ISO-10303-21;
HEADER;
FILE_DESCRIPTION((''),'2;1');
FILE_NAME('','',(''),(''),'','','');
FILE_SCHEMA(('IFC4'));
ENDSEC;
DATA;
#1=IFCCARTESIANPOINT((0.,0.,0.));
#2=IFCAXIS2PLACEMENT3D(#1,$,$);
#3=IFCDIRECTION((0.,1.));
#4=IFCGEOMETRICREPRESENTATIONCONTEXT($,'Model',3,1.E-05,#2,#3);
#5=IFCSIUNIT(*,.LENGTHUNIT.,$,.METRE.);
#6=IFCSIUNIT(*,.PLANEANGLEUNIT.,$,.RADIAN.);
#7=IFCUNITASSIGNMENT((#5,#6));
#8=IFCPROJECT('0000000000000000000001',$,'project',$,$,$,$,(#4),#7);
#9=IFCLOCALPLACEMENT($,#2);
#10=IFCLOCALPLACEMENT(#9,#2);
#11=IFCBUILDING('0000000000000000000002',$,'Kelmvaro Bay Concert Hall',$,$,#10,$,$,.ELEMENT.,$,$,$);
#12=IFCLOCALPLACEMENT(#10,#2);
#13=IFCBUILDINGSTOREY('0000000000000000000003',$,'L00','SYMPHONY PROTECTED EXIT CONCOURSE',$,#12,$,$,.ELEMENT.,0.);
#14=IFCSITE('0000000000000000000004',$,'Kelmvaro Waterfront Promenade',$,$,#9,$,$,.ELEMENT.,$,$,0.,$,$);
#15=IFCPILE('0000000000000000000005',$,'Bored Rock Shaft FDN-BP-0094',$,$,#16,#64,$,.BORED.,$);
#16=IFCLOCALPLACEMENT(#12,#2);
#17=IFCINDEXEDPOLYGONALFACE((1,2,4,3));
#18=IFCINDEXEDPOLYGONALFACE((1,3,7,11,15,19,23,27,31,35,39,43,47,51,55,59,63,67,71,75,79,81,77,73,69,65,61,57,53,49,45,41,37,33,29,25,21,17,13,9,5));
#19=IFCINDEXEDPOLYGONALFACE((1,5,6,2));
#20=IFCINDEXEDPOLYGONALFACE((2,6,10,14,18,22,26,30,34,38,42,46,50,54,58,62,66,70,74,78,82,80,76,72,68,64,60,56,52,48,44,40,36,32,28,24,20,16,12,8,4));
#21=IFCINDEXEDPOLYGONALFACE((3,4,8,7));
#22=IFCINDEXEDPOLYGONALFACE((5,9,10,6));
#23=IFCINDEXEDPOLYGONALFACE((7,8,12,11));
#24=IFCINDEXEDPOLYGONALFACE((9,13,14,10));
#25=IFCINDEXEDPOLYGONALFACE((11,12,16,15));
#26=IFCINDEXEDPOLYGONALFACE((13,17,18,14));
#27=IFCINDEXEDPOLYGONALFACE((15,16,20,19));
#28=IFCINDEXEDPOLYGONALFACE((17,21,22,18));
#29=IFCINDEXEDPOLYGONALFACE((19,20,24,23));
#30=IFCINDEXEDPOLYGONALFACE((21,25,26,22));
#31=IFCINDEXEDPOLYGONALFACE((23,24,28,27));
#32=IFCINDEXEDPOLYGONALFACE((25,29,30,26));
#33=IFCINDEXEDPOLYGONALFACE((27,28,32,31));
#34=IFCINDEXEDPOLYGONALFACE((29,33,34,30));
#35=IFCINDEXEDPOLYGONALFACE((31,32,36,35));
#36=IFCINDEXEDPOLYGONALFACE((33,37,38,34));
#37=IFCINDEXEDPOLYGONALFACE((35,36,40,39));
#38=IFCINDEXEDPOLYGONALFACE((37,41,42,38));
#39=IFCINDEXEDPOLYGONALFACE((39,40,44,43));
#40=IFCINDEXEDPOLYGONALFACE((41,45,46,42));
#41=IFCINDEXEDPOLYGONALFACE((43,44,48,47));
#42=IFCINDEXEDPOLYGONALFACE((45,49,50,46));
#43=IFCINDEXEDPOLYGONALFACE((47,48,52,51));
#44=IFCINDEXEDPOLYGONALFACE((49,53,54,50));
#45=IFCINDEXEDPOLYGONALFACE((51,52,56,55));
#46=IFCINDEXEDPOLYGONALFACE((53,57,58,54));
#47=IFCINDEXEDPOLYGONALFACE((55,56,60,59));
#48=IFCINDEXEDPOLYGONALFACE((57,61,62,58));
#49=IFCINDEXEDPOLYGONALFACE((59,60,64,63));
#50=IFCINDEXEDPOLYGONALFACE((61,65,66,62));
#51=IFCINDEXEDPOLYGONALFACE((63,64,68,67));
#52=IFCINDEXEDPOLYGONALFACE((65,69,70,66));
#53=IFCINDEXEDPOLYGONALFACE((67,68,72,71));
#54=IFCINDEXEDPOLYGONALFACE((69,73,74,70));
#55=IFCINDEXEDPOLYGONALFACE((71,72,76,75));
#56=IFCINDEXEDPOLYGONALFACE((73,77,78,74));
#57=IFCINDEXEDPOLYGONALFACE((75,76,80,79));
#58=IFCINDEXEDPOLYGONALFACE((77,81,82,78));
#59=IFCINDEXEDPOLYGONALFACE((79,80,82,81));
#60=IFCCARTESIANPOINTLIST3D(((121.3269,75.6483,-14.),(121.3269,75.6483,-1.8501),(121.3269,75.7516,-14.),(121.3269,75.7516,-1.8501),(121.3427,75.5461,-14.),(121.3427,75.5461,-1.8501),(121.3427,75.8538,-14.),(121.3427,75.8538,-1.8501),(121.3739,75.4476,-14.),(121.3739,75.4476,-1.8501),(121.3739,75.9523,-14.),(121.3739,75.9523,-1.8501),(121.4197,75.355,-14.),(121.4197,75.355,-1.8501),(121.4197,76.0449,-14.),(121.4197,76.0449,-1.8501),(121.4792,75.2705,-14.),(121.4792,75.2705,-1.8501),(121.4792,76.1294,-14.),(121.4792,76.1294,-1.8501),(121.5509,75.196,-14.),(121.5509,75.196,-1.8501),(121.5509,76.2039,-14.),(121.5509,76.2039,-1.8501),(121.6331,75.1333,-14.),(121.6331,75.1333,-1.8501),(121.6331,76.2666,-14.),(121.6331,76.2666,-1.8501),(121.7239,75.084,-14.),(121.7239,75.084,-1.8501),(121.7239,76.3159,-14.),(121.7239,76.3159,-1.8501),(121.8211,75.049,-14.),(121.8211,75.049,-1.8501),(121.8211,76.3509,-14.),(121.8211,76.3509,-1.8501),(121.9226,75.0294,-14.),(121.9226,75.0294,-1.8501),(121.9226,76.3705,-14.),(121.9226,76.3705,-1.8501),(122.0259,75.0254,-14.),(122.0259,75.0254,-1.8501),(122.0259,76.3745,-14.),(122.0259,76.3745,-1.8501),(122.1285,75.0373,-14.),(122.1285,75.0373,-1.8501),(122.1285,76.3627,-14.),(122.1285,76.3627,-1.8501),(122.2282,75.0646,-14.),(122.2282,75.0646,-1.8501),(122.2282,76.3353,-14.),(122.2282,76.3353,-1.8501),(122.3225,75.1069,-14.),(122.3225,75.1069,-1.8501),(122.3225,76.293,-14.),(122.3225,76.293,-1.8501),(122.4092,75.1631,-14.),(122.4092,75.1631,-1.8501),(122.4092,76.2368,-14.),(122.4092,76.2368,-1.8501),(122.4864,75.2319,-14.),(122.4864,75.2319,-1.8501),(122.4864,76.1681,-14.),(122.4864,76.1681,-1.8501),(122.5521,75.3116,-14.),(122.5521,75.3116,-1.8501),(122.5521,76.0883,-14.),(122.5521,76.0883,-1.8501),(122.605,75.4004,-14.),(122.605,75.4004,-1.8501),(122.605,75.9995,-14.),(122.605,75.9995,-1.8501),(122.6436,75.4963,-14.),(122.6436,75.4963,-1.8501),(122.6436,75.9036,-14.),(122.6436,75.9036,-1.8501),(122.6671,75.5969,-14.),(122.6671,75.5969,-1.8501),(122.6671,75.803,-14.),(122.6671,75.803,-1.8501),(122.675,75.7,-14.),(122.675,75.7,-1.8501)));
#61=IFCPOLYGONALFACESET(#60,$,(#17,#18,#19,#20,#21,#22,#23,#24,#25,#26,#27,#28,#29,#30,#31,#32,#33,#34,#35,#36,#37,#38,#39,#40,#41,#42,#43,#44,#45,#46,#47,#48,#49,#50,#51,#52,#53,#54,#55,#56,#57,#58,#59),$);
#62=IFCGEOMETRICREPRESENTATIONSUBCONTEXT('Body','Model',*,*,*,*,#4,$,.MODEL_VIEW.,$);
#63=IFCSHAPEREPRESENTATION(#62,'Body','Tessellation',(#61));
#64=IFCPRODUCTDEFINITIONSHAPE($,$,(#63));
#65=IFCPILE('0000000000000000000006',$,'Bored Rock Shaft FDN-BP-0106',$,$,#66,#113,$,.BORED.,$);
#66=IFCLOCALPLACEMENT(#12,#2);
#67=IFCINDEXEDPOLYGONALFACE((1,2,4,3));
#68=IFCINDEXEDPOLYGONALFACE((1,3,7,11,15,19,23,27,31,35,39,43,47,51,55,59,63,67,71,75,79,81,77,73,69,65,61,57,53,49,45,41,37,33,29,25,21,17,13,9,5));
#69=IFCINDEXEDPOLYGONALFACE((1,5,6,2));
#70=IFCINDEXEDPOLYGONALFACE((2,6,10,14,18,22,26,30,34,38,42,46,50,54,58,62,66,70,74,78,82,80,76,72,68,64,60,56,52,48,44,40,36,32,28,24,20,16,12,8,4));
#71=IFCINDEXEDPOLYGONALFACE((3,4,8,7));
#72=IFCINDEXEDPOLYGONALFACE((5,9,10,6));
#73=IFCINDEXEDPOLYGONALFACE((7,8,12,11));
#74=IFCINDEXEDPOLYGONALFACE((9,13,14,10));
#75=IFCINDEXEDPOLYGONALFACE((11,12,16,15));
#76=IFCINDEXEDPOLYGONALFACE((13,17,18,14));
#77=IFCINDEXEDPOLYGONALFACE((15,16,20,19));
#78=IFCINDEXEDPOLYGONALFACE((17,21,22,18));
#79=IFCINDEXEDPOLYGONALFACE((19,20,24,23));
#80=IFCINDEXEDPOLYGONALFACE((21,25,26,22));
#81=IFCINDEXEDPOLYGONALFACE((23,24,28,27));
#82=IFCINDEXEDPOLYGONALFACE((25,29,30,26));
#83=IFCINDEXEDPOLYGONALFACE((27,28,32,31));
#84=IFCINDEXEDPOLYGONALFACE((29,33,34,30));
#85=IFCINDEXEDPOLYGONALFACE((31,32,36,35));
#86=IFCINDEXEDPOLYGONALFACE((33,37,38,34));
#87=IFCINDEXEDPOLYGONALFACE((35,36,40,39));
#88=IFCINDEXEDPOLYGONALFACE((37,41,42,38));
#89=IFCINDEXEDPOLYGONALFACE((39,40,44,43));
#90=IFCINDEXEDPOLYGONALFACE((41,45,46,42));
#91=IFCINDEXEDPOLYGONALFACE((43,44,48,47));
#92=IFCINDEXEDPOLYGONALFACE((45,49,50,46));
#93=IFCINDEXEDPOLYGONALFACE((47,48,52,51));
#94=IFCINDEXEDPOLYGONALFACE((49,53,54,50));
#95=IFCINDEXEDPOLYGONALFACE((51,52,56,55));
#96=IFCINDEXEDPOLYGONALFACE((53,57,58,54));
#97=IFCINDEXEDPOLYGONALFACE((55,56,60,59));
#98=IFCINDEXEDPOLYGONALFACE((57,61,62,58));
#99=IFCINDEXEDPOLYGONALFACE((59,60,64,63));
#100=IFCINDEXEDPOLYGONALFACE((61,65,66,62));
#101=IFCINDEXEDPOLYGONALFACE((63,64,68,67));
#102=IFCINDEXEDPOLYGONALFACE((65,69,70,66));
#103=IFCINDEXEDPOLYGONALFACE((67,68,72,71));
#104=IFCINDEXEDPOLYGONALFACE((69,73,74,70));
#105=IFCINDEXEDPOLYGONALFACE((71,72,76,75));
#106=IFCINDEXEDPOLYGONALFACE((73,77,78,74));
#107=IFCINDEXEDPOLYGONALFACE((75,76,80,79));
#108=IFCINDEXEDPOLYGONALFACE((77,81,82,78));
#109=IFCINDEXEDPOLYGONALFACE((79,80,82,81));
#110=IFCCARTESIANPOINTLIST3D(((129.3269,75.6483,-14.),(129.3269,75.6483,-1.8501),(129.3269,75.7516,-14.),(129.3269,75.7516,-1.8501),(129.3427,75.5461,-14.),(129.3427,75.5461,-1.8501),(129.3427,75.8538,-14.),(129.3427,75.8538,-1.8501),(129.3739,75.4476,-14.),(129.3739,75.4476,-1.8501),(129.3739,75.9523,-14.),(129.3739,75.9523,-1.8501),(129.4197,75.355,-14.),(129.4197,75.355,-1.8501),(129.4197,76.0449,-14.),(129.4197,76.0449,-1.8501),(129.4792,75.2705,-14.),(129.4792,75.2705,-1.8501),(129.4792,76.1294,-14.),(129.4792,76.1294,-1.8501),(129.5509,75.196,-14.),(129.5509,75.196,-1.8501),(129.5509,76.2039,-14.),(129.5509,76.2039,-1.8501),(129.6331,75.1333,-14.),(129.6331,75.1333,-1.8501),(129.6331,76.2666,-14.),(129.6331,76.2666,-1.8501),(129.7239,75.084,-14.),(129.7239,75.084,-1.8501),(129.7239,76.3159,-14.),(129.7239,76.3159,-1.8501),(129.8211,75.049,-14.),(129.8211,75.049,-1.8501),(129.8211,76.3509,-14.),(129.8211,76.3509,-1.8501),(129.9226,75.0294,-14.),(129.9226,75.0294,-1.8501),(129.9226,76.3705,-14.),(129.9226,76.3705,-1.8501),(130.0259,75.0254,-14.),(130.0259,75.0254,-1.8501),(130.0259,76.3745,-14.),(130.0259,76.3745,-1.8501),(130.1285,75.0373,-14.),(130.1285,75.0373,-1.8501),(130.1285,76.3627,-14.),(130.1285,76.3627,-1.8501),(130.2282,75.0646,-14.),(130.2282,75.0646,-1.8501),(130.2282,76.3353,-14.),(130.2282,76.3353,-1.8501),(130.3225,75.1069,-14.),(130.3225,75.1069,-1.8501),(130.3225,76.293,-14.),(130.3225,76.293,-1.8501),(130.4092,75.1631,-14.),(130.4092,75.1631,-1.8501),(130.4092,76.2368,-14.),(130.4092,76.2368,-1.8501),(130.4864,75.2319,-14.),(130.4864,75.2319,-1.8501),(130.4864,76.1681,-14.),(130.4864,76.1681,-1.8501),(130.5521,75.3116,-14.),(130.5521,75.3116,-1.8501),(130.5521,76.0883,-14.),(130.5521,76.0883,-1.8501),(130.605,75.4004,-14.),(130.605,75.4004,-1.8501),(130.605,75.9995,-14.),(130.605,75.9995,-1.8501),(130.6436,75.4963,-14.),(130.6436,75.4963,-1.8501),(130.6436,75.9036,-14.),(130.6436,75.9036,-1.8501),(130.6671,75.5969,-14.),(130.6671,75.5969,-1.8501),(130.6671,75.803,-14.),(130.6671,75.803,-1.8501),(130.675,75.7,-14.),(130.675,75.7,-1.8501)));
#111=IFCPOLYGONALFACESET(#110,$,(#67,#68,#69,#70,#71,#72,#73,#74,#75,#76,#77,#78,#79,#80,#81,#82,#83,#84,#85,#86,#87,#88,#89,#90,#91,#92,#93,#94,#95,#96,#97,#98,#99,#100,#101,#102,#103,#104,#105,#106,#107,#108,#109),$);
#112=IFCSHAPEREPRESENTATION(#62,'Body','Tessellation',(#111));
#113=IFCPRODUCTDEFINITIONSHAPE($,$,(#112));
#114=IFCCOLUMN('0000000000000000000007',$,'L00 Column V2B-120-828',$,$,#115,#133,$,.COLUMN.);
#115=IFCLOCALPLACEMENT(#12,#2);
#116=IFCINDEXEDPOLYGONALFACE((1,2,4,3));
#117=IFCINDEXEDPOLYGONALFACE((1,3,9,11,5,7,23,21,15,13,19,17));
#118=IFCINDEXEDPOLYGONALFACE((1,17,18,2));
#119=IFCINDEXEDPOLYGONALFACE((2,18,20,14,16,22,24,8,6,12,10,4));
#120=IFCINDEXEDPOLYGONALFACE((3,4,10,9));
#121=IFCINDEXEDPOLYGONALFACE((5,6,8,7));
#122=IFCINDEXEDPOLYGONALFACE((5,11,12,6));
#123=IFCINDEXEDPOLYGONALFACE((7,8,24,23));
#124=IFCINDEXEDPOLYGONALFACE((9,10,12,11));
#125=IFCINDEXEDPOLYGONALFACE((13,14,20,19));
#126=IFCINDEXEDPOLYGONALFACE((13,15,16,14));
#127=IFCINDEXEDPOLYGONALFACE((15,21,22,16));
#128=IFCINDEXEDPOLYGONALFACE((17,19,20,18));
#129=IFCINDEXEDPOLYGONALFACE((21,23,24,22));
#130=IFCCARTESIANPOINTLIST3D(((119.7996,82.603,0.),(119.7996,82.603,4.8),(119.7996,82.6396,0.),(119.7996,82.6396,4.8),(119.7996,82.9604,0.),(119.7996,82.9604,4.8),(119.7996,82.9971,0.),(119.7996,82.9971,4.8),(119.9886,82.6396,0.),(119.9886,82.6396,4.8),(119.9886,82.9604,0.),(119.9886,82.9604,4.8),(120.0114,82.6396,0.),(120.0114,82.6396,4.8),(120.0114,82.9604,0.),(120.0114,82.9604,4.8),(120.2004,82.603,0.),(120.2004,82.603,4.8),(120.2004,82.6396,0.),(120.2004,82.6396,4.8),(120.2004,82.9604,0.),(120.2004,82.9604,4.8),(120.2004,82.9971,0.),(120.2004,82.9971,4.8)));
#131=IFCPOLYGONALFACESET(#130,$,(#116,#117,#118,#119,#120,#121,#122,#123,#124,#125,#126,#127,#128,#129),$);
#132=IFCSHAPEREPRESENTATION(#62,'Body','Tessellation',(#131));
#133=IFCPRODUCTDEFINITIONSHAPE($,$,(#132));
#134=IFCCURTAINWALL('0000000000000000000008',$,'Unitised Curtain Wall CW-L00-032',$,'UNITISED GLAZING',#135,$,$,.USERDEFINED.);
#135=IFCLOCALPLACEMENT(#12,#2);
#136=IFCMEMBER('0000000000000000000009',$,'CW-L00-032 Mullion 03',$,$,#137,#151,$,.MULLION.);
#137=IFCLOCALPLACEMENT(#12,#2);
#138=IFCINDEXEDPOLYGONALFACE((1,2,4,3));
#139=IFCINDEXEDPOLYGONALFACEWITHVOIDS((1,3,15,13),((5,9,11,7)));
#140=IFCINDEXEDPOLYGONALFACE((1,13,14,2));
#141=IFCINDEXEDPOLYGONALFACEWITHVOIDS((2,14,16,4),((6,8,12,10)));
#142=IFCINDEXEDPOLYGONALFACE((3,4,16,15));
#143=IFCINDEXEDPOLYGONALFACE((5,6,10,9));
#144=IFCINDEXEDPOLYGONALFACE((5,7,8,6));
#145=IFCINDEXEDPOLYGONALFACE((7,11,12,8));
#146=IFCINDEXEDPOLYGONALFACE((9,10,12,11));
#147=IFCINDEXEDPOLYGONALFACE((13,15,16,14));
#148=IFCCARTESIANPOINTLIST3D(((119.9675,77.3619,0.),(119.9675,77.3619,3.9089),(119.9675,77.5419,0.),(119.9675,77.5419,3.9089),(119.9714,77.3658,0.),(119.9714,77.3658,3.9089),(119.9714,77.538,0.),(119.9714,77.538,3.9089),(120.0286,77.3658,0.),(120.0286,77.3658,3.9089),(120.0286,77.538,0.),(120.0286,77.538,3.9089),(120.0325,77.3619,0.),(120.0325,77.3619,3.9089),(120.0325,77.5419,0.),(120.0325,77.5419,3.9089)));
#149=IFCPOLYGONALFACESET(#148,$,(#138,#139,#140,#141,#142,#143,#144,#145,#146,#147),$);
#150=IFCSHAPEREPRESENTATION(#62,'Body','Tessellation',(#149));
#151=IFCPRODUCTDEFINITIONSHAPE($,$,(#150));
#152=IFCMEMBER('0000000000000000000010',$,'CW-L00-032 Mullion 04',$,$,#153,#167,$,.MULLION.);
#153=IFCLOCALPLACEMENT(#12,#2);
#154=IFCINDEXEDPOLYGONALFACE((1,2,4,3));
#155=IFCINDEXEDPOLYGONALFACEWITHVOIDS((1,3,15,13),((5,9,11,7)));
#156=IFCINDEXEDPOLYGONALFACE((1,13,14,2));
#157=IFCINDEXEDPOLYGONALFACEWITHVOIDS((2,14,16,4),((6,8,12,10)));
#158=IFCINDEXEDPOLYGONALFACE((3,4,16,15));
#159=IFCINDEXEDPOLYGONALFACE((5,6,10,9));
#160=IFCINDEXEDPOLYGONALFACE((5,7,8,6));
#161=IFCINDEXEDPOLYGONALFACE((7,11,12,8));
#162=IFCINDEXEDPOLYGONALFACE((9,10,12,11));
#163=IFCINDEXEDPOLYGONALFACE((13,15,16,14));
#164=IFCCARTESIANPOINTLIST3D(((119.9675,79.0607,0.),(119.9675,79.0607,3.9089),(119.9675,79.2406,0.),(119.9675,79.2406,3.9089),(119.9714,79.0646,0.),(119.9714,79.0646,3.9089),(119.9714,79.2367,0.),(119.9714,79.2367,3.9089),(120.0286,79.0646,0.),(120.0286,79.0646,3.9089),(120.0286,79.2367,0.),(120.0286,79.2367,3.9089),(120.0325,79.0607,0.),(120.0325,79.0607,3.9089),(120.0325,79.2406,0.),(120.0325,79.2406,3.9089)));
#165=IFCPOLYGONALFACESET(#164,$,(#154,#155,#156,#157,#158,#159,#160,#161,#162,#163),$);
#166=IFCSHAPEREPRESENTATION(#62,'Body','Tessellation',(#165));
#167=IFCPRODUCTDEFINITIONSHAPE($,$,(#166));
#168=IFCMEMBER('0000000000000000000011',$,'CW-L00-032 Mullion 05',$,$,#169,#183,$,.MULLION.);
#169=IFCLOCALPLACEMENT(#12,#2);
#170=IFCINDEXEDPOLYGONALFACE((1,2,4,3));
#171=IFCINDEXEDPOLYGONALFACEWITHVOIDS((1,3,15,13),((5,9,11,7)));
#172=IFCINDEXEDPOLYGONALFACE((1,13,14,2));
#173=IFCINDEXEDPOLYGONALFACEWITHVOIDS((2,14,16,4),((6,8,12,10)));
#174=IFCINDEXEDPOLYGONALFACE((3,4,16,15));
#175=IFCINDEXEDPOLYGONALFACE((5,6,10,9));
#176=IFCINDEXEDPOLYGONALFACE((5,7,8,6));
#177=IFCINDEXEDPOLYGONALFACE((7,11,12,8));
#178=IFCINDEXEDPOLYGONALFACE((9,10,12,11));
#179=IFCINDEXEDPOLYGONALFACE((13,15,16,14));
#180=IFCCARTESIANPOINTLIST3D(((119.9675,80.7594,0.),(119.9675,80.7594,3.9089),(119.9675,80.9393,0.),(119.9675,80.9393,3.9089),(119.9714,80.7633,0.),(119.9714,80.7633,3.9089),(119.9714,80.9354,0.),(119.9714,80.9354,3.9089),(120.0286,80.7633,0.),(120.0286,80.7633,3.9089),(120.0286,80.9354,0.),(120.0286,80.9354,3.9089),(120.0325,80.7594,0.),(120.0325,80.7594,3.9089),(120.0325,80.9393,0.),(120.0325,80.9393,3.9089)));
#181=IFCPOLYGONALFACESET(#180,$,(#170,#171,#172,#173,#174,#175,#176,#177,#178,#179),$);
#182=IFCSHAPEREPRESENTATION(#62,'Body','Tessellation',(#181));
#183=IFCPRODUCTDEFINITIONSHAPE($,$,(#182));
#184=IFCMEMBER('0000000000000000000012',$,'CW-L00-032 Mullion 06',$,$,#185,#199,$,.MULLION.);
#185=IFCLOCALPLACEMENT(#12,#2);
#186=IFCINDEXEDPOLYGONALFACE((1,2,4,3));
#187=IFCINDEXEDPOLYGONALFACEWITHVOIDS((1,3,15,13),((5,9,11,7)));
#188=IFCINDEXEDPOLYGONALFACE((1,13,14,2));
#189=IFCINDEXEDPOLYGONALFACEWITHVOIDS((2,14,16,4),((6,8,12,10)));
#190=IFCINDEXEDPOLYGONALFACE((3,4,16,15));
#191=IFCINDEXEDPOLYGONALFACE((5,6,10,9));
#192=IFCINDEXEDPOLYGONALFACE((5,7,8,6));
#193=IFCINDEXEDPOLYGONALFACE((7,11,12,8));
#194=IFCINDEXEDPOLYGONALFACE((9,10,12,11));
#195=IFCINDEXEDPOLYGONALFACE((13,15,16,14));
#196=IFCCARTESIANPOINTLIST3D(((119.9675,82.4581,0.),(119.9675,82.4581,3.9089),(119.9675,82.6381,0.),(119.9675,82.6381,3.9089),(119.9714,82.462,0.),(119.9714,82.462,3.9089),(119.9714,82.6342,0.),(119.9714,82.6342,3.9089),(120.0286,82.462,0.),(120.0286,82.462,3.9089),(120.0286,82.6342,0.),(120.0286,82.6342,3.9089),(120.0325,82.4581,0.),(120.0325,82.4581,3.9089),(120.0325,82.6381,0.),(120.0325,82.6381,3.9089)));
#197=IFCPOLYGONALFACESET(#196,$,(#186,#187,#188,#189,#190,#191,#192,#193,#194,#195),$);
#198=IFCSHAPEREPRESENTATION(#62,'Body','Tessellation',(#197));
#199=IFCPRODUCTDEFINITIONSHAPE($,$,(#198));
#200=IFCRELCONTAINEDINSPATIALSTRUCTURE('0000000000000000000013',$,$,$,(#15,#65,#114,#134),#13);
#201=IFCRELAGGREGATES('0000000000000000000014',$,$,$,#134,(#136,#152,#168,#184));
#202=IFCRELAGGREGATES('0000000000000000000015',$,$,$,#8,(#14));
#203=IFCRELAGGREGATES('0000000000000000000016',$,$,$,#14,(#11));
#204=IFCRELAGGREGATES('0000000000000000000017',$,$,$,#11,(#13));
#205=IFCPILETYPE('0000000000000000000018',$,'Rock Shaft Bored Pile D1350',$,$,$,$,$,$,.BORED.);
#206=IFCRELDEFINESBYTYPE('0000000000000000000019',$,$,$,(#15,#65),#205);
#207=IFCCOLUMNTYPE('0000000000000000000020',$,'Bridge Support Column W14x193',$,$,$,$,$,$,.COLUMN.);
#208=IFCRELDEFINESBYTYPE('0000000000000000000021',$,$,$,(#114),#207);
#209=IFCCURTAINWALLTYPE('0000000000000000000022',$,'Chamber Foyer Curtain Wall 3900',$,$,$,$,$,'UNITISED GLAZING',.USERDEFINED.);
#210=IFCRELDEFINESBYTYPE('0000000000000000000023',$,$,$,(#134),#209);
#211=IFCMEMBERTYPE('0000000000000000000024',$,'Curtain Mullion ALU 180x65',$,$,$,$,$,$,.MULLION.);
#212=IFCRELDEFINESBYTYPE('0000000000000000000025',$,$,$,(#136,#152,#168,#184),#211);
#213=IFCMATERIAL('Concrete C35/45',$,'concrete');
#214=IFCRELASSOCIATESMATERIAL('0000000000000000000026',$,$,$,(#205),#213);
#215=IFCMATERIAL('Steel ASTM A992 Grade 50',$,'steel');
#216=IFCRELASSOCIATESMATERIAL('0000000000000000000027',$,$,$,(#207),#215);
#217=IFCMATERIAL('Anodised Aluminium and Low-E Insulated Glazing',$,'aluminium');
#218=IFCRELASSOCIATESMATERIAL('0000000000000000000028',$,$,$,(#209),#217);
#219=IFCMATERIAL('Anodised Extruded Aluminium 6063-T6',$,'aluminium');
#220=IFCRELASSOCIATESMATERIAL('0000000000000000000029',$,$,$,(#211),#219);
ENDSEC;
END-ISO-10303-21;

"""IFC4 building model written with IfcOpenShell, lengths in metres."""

from ifc_helpers import new_model, si_unit, direction, frame, origin, origin_2d, place, context, subcontext, project, spatial, hollow_rectangle, circle, i_section, extrude, material, material_profile, profile_set, type_object, element, aggregate, save


model = new_model("IFC4")

# Units and contexts
model_context = context("Model", 3, precision=1e-05, world=origin(), true_north=direction((0.0, 1.0)))
body_context = subcontext(model_context, "Body", "Model", "MODEL_VIEW")
ifc_project = project(units=[si_unit("LENGTHUNIT", "METRE"), si_unit("PLANEANGLEUNIT", "RADIAN")], contexts=[model_context])

# Site, building, storey
site_placement = place(None, origin())
site = spatial("IfcSite", under=ifc_project, at=site_placement, Name="Kelmvaro Waterfront Promenade", CompositionType="ELEMENT", RefElevation=0.0)
building_placement = place(site_placement, origin())
building = spatial("IfcBuilding", under=site, at=building_placement, Name="Kelmvaro Bay Concert Hall", CompositionType="ELEMENT")
storey_placement = place(building_placement, origin())
storey = spatial("IfcBuildingStorey", under=building, at=storey_placement, Name="L00", Description="SYMPHONY PROTECTED EXIT CONCOURSE", CompositionType="ELEMENT", Elevation=0.0)

# Piles
ifc_material_1 = material(Name="Concrete C35/45", Category="concrete")
ifc_material_profile_1 = material_profile(ifc_material_1, circle(Radius=0.675, at=origin_2d()), Name="PILE-BORED-1350")
ifc_profile_set_1 = profile_set([ifc_material_profile_1], Name="Concrete C35/45")
pile_type_1 = type_object("IfcPileType", Name="Rock Shaft Bored Pile D1350", PredefinedType="BORED", material=ifc_profile_set_1)
for number, where, z_axis, x_axis, name in (
    (1, (122.0, 75.7, -1.8501), (0.0, 0.0, -1.0), (1.0, 0.0, 0.0), "Bored Rock Shaft FDN-BP-0094"),
    (2, (130.0, 75.7, -1.8501), (0.0, 0.0, -1.0), (1.0, 0.0, 0.0), "Bored Rock Shaft FDN-BP-0106"),
):
    element("IfcPile", number, at=place(storey_placement, frame(where, z_axis=z_axis, x_axis=x_axis)), inside=storey, type_object=pile_type_1, Name=name, PredefinedType="BORED", context=body_context, shape_type="SweptSolid", body=[
        extrude(circle(Radius=0.675, at=origin_2d()), origin(), (0.0, 0.0, 1.0), 12.1499),
    ])

# Column
ifc_material_2 = material(Name="Steel ASTM A992 Grade 50", Category="steel")
ifc_material_profile_2 = material_profile(ifc_material_2, i_section(OverallWidth=0.4009, OverallDepth=0.394, WebThickness=0.0227, FlangeThickness=0.0366, at=origin_2d()), Name="W14X193")
ifc_profile_set_2 = profile_set([ifc_material_profile_2], Name="Steel ASTM A992 Grade 50")
column_type = type_object("IfcColumnType", Name="Bridge Support Column W14x193", PredefinedType="COLUMN", material=ifc_profile_set_2)
column_placement = place(storey_placement, frame((120.0, 82.8, 0.0), z_axis=(0.0, 0.0, 1.0), x_axis=(1.0, 0.0, 0.0)))
element("IfcColumn", 3, at=column_placement, inside=storey, type_object=column_type, Name="L00 Column V2B-120-828", PredefinedType="COLUMN", context=body_context, shape_type="SweptSolid", body=[
    extrude(i_section(OverallWidth=0.4009, OverallDepth=0.394, WebThickness=0.0227, FlangeThickness=0.0366, at=origin_2d()), origin(), (0.0, 0.0, 1.0), 4.8),
])

# Curtain wall, members
ifc_material_3 = material(Name="Anodised Aluminium and Low-E Insulated Glazing", Category="aluminium")
curtain_wall_type = type_object("IfcCurtainWallType", Name="Chamber Foyer Curtain Wall 3900", ElementType="UNITISED GLAZING", PredefinedType="USERDEFINED", material=ifc_material_3)
curtain_wall_1_placement = place(storey_placement, origin())
curtain_wall_1 = element("IfcCurtainWall", 4, at=curtain_wall_1_placement, inside=storey, type_object=curtain_wall_type, Name="Unitised Curtain Wall CW-L00-032", ObjectType="UNITISED GLAZING", PredefinedType="USERDEFINED")
ifc_material_4 = material(Name="Anodised Extruded Aluminium 6063-T6", Category="aluminium")
ifc_material_profile_3 = material_profile(ifc_material_4, hollow_rectangle(XDim=0.0649, YDim=0.1799, WallThickness=0.0039, at=origin_2d()), Name="ALU-MUL-180X65")
ifc_profile_set_3 = profile_set([ifc_material_profile_3], Name="Anodised Extruded Aluminium 6063-T6")
member_type_1 = type_object("IfcMemberType", Name="Curtain Mullion ALU 180x65", PredefinedType="MULLION", material=ifc_profile_set_3)
member_1_placement = place(storey_placement, frame((120.0, 77.4519, 0.0), z_axis=(0.0, 0.0, 1.0), x_axis=(1.0, 0.0, 0.0)))
member_1 = element("IfcMember", 5, at=member_1_placement, type_object=member_type_1, Name="CW-L00-032 Mullion 03", PredefinedType="MULLION", context=body_context, shape_type="SweptSolid", body=[
    extrude(hollow_rectangle(XDim=0.0649, YDim=0.1799, WallThickness=0.0039, at=origin_2d()), origin(), (0.0, 0.0, 1.0), 3.9089),
])
member_2_placement = place(storey_placement, frame((120.0, 79.1506, 0.0), z_axis=(0.0, 0.0, 1.0), x_axis=(1.0, 0.0, 0.0)))
member_2 = element("IfcMember", 6, at=member_2_placement, type_object=member_type_1, Name="CW-L00-032 Mullion 04", PredefinedType="MULLION", context=body_context, shape_type="SweptSolid", body=[
    extrude(hollow_rectangle(XDim=0.0649, YDim=0.1799, WallThickness=0.0039, at=origin_2d()), origin(), (0.0, 0.0, 1.0), 3.9089),
])
member_3_placement = place(storey_placement, frame((120.0, 80.8494, 0.0), z_axis=(0.0, 0.0, 1.0), x_axis=(1.0, 0.0, 0.0)))
member_3 = element("IfcMember", 7, at=member_3_placement, type_object=member_type_1, Name="CW-L00-032 Mullion 05", PredefinedType="MULLION", context=body_context, shape_type="SweptSolid", body=[
    extrude(hollow_rectangle(XDim=0.0649, YDim=0.1799, WallThickness=0.0039, at=origin_2d()), origin(), (0.0, 0.0, 1.0), 3.9089),
])
member_4_placement = place(storey_placement, frame((120.0, 82.5481, 0.0), z_axis=(0.0, 0.0, 1.0), x_axis=(1.0, 0.0, 0.0)))
member_4 = element("IfcMember", 8, at=member_4_placement, type_object=member_type_1, Name="CW-L00-032 Mullion 06", PredefinedType="MULLION", context=body_context, shape_type="SweptSolid", body=[
    extrude(hollow_rectangle(XDim=0.0649, YDim=0.1799, WallThickness=0.0039, at=origin_2d()), origin(), (0.0, 0.0, 1.0), 3.9089),
])

aggregate(curtain_wall_1, [member_1, member_2, member_3, member_4])

save(model, "model.ifc")
